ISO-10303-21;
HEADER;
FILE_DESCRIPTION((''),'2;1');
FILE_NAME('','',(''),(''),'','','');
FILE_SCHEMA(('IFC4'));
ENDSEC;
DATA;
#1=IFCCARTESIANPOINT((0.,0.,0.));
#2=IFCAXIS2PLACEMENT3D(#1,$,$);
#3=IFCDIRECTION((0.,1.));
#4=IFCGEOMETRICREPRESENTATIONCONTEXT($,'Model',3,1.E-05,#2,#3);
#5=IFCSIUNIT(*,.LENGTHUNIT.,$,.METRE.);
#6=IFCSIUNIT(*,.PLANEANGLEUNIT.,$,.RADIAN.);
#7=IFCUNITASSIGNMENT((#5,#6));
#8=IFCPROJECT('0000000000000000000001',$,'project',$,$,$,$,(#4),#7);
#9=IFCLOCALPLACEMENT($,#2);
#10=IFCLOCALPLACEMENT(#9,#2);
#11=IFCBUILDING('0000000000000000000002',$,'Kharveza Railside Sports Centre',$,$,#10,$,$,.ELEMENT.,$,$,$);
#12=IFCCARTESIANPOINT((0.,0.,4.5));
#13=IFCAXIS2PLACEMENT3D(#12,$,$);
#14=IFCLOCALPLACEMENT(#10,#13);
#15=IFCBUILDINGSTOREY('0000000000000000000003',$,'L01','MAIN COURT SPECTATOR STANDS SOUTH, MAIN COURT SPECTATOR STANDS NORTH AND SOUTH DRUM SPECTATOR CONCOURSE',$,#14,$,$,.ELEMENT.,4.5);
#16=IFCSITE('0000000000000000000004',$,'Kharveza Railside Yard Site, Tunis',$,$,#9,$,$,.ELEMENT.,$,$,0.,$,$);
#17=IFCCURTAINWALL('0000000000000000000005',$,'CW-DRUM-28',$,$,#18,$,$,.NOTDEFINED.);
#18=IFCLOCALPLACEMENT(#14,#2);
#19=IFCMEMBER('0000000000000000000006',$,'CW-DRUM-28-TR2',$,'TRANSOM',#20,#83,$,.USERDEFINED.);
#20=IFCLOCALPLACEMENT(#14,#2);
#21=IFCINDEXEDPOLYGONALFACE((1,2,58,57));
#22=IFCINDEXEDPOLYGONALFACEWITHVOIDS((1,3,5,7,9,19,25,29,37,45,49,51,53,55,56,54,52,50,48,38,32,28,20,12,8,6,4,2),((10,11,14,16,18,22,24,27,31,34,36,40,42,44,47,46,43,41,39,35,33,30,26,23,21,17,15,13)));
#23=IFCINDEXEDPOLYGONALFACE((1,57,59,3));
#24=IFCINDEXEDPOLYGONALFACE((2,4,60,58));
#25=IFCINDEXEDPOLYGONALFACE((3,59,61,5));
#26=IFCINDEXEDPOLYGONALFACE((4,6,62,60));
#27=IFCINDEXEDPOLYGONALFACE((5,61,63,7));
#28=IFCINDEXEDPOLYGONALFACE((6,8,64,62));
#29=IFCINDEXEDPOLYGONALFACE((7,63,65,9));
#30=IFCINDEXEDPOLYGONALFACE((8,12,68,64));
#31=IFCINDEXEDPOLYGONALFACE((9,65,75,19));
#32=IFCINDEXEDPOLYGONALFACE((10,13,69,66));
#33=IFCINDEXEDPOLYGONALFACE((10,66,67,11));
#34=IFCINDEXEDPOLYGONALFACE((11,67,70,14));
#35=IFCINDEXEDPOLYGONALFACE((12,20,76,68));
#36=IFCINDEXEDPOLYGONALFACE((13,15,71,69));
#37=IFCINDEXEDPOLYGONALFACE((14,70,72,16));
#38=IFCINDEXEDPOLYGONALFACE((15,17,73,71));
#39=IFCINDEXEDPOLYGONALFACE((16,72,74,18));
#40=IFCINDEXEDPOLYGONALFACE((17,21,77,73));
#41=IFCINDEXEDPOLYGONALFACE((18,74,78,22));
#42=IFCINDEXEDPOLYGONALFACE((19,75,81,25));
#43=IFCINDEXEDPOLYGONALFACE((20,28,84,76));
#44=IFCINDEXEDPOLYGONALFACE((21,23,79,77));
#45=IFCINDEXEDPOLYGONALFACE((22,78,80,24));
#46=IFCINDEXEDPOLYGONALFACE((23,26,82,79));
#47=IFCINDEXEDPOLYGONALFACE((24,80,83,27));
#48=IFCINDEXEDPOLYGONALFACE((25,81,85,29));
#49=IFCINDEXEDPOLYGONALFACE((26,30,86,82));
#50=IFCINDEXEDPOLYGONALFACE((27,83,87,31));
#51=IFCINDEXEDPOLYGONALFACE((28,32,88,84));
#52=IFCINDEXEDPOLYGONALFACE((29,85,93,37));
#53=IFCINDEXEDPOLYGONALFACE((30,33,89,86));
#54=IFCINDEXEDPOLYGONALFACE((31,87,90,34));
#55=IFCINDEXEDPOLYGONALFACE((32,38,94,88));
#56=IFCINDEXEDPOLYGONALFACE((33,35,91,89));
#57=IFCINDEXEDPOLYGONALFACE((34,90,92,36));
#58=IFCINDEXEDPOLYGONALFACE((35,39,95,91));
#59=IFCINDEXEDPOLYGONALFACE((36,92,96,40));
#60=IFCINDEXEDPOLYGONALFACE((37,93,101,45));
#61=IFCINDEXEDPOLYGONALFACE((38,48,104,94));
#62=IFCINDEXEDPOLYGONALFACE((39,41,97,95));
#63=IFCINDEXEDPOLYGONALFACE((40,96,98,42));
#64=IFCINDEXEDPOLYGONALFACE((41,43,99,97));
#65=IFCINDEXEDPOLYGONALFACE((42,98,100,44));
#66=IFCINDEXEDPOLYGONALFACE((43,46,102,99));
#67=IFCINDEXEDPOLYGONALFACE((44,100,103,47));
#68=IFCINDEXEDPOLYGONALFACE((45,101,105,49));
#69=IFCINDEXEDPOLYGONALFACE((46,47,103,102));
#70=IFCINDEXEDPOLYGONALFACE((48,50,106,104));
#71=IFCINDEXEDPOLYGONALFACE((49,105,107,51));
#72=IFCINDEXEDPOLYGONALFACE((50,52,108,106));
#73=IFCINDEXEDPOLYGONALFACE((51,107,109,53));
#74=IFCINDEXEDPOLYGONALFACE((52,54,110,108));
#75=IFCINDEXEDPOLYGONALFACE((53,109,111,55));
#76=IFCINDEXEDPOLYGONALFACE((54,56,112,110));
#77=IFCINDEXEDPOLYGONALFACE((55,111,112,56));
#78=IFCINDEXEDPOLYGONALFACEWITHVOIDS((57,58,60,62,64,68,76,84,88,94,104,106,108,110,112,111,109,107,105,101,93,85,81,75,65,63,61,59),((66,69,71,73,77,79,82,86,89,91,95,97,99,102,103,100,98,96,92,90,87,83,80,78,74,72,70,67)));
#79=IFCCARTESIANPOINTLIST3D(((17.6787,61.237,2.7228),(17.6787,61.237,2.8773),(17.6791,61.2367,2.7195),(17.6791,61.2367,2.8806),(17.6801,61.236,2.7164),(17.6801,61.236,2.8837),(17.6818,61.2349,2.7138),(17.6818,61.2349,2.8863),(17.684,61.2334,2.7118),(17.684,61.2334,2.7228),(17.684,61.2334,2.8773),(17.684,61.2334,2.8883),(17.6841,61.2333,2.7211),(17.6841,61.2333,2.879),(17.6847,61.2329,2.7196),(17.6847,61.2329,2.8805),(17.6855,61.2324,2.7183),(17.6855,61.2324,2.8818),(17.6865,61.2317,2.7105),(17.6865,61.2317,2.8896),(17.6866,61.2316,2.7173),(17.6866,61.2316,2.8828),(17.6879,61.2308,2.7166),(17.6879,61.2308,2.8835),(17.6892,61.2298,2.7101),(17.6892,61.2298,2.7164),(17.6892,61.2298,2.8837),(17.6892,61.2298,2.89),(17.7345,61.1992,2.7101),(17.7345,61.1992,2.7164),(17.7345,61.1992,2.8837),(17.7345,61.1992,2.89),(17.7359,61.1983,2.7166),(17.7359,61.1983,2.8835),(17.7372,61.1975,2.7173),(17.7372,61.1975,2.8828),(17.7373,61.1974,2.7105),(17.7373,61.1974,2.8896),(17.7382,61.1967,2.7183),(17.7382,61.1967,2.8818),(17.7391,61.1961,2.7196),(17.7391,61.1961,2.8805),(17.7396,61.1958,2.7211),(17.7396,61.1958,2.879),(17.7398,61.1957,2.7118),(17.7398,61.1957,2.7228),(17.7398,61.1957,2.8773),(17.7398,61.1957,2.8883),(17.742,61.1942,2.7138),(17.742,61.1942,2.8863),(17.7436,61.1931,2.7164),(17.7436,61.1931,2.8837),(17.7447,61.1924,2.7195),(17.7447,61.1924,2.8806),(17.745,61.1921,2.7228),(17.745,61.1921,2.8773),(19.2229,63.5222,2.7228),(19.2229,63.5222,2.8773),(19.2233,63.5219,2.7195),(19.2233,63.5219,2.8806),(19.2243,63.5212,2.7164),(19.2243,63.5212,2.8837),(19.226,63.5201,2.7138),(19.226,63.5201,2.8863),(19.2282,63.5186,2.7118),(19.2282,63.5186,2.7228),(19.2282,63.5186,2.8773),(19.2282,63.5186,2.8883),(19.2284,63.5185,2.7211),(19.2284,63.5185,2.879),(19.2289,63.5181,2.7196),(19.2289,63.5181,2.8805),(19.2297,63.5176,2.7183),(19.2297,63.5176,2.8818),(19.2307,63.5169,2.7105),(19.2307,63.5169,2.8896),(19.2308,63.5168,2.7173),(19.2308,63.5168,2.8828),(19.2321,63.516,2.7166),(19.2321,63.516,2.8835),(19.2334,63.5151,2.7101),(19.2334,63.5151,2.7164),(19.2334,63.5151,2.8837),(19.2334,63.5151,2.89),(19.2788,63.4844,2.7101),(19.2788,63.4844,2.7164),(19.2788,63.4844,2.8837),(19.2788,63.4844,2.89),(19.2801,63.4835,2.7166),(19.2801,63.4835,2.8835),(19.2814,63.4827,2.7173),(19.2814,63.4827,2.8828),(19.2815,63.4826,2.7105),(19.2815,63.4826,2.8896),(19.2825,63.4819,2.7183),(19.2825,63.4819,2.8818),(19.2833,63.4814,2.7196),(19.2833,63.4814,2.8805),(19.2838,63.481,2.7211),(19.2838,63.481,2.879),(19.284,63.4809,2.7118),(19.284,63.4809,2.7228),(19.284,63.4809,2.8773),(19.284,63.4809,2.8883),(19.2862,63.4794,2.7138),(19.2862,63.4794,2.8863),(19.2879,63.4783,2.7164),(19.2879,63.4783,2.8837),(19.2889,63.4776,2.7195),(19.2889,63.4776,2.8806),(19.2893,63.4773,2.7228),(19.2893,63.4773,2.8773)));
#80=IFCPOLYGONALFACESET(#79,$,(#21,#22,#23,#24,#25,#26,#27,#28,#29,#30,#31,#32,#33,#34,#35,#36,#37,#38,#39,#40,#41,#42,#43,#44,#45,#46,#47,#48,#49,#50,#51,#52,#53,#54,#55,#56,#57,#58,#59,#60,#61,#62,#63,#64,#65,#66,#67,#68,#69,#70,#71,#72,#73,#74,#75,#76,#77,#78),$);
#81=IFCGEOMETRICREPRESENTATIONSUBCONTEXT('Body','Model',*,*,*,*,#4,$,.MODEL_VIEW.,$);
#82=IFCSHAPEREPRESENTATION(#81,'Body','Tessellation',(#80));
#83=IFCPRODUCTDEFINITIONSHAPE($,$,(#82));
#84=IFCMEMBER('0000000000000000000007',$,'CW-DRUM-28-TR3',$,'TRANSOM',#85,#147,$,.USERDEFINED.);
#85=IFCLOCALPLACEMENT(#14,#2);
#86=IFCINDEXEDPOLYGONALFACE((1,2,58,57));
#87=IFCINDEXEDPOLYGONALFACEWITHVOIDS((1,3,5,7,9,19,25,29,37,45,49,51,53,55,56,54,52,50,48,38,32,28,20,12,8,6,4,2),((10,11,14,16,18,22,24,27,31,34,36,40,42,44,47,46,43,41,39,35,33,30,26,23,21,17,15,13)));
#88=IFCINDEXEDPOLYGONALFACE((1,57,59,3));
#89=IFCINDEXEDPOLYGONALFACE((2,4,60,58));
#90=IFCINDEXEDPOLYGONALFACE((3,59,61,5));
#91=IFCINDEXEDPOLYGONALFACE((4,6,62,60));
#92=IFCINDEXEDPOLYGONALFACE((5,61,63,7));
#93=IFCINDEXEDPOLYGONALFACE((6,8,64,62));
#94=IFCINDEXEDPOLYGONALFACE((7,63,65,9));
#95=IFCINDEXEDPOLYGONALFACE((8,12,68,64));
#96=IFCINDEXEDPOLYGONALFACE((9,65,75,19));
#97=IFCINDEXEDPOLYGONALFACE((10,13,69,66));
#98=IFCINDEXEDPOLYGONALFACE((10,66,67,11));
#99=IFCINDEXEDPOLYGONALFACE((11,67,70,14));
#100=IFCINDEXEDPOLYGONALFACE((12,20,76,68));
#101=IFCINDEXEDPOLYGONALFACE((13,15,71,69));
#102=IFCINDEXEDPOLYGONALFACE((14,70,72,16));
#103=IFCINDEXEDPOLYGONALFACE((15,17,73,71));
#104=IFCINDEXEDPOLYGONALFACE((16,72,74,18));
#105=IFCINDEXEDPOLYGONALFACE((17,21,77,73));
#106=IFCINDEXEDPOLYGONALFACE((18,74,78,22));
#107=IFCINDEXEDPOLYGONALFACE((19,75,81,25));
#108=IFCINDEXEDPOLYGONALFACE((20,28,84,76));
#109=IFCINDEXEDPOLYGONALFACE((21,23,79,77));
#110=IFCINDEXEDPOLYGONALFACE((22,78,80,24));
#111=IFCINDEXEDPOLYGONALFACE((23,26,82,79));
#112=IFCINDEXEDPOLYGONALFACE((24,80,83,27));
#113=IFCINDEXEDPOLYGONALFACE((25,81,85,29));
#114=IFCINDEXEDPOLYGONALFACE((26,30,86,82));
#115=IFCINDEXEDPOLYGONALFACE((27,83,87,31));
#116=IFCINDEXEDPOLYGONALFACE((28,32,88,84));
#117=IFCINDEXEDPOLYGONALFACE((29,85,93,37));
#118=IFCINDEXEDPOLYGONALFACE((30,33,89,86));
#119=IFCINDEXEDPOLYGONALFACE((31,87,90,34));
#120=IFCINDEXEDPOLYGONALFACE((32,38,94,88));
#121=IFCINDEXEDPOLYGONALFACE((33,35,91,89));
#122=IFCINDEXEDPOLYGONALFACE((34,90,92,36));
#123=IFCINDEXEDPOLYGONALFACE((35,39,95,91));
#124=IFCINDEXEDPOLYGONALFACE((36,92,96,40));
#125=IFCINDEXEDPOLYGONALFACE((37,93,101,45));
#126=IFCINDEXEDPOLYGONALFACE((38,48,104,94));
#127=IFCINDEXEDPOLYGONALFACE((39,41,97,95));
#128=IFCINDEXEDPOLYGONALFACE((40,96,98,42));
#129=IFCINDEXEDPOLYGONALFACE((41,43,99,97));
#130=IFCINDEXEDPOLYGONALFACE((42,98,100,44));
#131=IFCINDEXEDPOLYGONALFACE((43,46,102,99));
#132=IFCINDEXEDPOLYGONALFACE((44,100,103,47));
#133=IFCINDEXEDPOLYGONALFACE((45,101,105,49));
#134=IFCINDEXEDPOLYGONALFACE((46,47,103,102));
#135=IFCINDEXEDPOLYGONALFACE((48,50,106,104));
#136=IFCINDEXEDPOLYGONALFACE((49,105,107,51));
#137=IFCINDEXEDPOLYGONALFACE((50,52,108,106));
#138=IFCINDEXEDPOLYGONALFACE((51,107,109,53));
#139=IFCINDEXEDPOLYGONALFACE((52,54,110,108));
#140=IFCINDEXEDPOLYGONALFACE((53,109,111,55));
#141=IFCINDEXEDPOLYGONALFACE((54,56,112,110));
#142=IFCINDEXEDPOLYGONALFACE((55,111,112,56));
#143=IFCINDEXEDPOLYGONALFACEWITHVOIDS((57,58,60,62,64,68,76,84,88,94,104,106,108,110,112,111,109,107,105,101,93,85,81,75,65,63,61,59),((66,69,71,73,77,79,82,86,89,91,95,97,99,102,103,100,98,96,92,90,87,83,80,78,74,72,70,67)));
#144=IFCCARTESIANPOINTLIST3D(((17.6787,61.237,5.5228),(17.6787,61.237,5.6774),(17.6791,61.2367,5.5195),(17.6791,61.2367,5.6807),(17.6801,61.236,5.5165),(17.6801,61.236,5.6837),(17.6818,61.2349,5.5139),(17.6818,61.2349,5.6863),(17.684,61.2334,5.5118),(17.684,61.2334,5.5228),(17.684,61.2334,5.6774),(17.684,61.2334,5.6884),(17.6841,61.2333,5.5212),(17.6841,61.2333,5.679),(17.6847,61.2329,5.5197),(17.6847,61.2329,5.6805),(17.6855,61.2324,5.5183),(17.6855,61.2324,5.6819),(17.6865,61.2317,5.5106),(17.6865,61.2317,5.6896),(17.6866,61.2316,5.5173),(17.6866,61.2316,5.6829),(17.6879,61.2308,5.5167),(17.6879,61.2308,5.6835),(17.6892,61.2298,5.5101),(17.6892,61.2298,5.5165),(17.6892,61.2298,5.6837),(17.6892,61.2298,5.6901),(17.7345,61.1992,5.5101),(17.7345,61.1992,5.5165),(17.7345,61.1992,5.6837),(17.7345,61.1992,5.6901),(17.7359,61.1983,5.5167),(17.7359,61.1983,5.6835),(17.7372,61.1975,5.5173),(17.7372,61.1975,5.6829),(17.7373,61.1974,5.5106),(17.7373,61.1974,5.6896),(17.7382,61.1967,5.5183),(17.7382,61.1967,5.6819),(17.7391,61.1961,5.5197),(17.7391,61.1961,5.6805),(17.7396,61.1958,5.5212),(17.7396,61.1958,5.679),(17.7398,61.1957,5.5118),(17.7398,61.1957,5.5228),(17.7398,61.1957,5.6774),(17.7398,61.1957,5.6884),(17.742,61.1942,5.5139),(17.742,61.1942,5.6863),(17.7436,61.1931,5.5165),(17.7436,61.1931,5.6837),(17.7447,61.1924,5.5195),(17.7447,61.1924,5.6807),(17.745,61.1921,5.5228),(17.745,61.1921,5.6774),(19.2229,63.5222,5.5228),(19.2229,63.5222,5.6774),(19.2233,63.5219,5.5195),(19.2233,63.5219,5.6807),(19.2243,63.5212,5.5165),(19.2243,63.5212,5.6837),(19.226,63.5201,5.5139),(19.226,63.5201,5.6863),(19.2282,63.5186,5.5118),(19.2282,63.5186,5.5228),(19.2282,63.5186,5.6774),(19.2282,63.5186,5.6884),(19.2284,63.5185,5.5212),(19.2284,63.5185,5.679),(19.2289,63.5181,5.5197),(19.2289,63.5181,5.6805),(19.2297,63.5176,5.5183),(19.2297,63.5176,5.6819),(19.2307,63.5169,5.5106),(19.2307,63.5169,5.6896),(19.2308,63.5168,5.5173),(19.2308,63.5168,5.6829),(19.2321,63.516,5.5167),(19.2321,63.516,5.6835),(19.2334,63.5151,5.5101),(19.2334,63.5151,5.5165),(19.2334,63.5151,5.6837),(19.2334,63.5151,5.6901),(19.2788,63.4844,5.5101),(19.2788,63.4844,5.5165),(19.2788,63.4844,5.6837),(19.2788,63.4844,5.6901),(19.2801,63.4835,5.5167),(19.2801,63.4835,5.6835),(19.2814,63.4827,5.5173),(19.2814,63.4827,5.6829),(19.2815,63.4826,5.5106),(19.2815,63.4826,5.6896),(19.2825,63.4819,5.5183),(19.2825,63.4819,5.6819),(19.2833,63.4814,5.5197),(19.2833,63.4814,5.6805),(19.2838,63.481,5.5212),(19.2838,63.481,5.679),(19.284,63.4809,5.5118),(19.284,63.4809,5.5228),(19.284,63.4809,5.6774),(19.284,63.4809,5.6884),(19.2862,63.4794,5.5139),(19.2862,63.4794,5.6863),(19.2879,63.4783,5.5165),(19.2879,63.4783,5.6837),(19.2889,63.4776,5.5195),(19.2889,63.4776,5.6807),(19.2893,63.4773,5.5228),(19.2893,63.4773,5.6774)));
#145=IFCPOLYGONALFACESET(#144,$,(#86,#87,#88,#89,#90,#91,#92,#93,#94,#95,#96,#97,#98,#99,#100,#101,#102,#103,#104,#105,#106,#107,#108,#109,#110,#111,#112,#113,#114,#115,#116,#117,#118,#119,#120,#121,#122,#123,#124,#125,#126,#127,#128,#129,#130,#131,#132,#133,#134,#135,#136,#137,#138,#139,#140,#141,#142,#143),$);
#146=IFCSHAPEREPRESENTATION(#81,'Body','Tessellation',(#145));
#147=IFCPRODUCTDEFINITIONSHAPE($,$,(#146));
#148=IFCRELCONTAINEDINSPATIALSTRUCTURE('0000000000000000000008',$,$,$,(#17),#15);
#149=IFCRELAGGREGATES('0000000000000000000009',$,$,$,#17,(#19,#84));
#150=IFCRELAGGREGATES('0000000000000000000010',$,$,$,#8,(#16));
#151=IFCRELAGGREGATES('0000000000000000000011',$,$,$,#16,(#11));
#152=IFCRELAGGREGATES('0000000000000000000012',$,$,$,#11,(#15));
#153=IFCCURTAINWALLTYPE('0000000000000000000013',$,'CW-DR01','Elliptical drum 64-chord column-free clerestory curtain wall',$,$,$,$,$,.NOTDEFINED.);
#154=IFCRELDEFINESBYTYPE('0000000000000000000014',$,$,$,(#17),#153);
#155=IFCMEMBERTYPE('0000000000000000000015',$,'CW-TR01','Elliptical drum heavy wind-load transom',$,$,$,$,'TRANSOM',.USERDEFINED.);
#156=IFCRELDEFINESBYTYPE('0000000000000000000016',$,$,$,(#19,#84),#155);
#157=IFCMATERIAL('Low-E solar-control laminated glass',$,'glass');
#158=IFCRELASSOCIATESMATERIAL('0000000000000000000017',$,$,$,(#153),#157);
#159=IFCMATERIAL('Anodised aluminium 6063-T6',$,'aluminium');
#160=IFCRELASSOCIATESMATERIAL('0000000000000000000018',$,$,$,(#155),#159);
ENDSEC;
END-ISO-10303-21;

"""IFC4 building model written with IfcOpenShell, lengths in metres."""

from ifc_helpers import new_model, si_unit, direction, frame, origin, origin_2d, place, context, subcontext, project, spatial, hollow_rectangle, extrude, material, material_profile, profile_set, type_object, element, aggregate, save


model = new_model("IFC4")

# Units and contexts
model_context = context("Model", 3, precision=1e-05, world=origin(), true_north=direction((0.0, 1.0)))
body_context = subcontext(model_context, "Body", "Model", "MODEL_VIEW")
ifc_project = project(units=[si_unit("LENGTHUNIT", "METRE"), si_unit("PLANEANGLEUNIT", "RADIAN")], contexts=[model_context])

# Site, building, storey
site_placement = place(None, origin())
site = spatial("IfcSite", under=ifc_project, at=site_placement, Name="Kharveza Railside Yard Site, Tunis", CompositionType="ELEMENT", RefElevation=0.0)
building_placement = place(site_placement, origin())
building = spatial("IfcBuilding", under=site, at=building_placement, Name="Kharveza Railside Sports Centre", CompositionType="ELEMENT")
storey_placement = place(building_placement, frame((0.0, 0.0, 4.5)))
storey = spatial("IfcBuildingStorey", under=building, at=storey_placement, Name="L01", Description="MAIN COURT SPECTATOR STANDS SOUTH, MAIN COURT SPECTATOR STANDS NORTH AND SOUTH DRUM SPECTATOR CONCOURSE", CompositionType="ELEMENT", Elevation=4.5)

# Shared definitions
ifc_material_1 = material(Name="Low-E solar-control laminated glass", Category="glass")
curtain_wall_type = type_object("IfcCurtainWallType", Name="CW-DR01", Description="Elliptical drum 64-chord column-free clerestory curtain wall", PredefinedType="NOTDEFINED", material=ifc_material_1)
ifc_material_2 = material(Name="Anodised aluminium 6063-T6", Category="aluminium")

# Curtain wall, members
curtain_wall_1_placement = place(storey_placement, origin())
curtain_wall_1 = element("IfcCurtainWall", 1, at=curtain_wall_1_placement, inside=storey, type_object=curtain_wall_type, Name="CW-DRUM-28", PredefinedType="NOTDEFINED")
ifc_material_profile_1 = material_profile(ifc_material_2, hollow_rectangle(XDim=0.0801, YDim=0.1799, WallThickness=0.0063, InnerFilletRadius=0.0063, OuterFilletRadius=0.0127, at=origin_2d()), Name="RHS 80x180x6.3")
ifc_profile_set_1 = profile_set([ifc_material_profile_1], Name="Anodised aluminium 6063-T6")
member_type_1 = type_object("IfcMemberType", Name="CW-TR01", Description="Elliptical drum heavy wind-load transom", ElementType="TRANSOM", PredefinedType="USERDEFINED", material=ifc_profile_set_1)
member_1_placement = place(storey_placement, frame((19.2561, 63.4998, 2.8), z_axis=(-0.559898, -0.828561, 0.0), x_axis=(0.828561, -0.559898, 0.0)))
member_1 = element("IfcMember", 2, at=member_1_placement, type_object=member_type_1, Name="CW-DRUM-28-TR2", ObjectType="TRANSOM", PredefinedType="USERDEFINED", context=body_context, shape_type="SweptSolid", body=[
    extrude(hollow_rectangle(XDim=0.0801, YDim=0.1799, WallThickness=0.0063, InnerFilletRadius=0.0063, OuterFilletRadius=0.0127, at=origin_2d()), origin(), (0.0, 0.0, 1.0), 2.7581),
])
member_2_placement = place(storey_placement, frame((19.2561, 63.4998, 5.6001), z_axis=(-0.559898, -0.828561, 0.0), x_axis=(0.828561, -0.559898, 0.0)))
member_2 = element("IfcMember", 3, at=member_2_placement, type_object=member_type_1, Name="CW-DRUM-28-TR3", ObjectType="TRANSOM", PredefinedType="USERDEFINED", context=body_context, shape_type="SweptSolid", body=[
    extrude(hollow_rectangle(XDim=0.0801, YDim=0.1799, WallThickness=0.0063, InnerFilletRadius=0.0063, OuterFilletRadius=0.0127, at=origin_2d()), origin(), (0.0, 0.0, 1.0), 2.7581),
])
aggregate(curtain_wall_1, [member_1, member_2])

save(model, "model.ifc")
